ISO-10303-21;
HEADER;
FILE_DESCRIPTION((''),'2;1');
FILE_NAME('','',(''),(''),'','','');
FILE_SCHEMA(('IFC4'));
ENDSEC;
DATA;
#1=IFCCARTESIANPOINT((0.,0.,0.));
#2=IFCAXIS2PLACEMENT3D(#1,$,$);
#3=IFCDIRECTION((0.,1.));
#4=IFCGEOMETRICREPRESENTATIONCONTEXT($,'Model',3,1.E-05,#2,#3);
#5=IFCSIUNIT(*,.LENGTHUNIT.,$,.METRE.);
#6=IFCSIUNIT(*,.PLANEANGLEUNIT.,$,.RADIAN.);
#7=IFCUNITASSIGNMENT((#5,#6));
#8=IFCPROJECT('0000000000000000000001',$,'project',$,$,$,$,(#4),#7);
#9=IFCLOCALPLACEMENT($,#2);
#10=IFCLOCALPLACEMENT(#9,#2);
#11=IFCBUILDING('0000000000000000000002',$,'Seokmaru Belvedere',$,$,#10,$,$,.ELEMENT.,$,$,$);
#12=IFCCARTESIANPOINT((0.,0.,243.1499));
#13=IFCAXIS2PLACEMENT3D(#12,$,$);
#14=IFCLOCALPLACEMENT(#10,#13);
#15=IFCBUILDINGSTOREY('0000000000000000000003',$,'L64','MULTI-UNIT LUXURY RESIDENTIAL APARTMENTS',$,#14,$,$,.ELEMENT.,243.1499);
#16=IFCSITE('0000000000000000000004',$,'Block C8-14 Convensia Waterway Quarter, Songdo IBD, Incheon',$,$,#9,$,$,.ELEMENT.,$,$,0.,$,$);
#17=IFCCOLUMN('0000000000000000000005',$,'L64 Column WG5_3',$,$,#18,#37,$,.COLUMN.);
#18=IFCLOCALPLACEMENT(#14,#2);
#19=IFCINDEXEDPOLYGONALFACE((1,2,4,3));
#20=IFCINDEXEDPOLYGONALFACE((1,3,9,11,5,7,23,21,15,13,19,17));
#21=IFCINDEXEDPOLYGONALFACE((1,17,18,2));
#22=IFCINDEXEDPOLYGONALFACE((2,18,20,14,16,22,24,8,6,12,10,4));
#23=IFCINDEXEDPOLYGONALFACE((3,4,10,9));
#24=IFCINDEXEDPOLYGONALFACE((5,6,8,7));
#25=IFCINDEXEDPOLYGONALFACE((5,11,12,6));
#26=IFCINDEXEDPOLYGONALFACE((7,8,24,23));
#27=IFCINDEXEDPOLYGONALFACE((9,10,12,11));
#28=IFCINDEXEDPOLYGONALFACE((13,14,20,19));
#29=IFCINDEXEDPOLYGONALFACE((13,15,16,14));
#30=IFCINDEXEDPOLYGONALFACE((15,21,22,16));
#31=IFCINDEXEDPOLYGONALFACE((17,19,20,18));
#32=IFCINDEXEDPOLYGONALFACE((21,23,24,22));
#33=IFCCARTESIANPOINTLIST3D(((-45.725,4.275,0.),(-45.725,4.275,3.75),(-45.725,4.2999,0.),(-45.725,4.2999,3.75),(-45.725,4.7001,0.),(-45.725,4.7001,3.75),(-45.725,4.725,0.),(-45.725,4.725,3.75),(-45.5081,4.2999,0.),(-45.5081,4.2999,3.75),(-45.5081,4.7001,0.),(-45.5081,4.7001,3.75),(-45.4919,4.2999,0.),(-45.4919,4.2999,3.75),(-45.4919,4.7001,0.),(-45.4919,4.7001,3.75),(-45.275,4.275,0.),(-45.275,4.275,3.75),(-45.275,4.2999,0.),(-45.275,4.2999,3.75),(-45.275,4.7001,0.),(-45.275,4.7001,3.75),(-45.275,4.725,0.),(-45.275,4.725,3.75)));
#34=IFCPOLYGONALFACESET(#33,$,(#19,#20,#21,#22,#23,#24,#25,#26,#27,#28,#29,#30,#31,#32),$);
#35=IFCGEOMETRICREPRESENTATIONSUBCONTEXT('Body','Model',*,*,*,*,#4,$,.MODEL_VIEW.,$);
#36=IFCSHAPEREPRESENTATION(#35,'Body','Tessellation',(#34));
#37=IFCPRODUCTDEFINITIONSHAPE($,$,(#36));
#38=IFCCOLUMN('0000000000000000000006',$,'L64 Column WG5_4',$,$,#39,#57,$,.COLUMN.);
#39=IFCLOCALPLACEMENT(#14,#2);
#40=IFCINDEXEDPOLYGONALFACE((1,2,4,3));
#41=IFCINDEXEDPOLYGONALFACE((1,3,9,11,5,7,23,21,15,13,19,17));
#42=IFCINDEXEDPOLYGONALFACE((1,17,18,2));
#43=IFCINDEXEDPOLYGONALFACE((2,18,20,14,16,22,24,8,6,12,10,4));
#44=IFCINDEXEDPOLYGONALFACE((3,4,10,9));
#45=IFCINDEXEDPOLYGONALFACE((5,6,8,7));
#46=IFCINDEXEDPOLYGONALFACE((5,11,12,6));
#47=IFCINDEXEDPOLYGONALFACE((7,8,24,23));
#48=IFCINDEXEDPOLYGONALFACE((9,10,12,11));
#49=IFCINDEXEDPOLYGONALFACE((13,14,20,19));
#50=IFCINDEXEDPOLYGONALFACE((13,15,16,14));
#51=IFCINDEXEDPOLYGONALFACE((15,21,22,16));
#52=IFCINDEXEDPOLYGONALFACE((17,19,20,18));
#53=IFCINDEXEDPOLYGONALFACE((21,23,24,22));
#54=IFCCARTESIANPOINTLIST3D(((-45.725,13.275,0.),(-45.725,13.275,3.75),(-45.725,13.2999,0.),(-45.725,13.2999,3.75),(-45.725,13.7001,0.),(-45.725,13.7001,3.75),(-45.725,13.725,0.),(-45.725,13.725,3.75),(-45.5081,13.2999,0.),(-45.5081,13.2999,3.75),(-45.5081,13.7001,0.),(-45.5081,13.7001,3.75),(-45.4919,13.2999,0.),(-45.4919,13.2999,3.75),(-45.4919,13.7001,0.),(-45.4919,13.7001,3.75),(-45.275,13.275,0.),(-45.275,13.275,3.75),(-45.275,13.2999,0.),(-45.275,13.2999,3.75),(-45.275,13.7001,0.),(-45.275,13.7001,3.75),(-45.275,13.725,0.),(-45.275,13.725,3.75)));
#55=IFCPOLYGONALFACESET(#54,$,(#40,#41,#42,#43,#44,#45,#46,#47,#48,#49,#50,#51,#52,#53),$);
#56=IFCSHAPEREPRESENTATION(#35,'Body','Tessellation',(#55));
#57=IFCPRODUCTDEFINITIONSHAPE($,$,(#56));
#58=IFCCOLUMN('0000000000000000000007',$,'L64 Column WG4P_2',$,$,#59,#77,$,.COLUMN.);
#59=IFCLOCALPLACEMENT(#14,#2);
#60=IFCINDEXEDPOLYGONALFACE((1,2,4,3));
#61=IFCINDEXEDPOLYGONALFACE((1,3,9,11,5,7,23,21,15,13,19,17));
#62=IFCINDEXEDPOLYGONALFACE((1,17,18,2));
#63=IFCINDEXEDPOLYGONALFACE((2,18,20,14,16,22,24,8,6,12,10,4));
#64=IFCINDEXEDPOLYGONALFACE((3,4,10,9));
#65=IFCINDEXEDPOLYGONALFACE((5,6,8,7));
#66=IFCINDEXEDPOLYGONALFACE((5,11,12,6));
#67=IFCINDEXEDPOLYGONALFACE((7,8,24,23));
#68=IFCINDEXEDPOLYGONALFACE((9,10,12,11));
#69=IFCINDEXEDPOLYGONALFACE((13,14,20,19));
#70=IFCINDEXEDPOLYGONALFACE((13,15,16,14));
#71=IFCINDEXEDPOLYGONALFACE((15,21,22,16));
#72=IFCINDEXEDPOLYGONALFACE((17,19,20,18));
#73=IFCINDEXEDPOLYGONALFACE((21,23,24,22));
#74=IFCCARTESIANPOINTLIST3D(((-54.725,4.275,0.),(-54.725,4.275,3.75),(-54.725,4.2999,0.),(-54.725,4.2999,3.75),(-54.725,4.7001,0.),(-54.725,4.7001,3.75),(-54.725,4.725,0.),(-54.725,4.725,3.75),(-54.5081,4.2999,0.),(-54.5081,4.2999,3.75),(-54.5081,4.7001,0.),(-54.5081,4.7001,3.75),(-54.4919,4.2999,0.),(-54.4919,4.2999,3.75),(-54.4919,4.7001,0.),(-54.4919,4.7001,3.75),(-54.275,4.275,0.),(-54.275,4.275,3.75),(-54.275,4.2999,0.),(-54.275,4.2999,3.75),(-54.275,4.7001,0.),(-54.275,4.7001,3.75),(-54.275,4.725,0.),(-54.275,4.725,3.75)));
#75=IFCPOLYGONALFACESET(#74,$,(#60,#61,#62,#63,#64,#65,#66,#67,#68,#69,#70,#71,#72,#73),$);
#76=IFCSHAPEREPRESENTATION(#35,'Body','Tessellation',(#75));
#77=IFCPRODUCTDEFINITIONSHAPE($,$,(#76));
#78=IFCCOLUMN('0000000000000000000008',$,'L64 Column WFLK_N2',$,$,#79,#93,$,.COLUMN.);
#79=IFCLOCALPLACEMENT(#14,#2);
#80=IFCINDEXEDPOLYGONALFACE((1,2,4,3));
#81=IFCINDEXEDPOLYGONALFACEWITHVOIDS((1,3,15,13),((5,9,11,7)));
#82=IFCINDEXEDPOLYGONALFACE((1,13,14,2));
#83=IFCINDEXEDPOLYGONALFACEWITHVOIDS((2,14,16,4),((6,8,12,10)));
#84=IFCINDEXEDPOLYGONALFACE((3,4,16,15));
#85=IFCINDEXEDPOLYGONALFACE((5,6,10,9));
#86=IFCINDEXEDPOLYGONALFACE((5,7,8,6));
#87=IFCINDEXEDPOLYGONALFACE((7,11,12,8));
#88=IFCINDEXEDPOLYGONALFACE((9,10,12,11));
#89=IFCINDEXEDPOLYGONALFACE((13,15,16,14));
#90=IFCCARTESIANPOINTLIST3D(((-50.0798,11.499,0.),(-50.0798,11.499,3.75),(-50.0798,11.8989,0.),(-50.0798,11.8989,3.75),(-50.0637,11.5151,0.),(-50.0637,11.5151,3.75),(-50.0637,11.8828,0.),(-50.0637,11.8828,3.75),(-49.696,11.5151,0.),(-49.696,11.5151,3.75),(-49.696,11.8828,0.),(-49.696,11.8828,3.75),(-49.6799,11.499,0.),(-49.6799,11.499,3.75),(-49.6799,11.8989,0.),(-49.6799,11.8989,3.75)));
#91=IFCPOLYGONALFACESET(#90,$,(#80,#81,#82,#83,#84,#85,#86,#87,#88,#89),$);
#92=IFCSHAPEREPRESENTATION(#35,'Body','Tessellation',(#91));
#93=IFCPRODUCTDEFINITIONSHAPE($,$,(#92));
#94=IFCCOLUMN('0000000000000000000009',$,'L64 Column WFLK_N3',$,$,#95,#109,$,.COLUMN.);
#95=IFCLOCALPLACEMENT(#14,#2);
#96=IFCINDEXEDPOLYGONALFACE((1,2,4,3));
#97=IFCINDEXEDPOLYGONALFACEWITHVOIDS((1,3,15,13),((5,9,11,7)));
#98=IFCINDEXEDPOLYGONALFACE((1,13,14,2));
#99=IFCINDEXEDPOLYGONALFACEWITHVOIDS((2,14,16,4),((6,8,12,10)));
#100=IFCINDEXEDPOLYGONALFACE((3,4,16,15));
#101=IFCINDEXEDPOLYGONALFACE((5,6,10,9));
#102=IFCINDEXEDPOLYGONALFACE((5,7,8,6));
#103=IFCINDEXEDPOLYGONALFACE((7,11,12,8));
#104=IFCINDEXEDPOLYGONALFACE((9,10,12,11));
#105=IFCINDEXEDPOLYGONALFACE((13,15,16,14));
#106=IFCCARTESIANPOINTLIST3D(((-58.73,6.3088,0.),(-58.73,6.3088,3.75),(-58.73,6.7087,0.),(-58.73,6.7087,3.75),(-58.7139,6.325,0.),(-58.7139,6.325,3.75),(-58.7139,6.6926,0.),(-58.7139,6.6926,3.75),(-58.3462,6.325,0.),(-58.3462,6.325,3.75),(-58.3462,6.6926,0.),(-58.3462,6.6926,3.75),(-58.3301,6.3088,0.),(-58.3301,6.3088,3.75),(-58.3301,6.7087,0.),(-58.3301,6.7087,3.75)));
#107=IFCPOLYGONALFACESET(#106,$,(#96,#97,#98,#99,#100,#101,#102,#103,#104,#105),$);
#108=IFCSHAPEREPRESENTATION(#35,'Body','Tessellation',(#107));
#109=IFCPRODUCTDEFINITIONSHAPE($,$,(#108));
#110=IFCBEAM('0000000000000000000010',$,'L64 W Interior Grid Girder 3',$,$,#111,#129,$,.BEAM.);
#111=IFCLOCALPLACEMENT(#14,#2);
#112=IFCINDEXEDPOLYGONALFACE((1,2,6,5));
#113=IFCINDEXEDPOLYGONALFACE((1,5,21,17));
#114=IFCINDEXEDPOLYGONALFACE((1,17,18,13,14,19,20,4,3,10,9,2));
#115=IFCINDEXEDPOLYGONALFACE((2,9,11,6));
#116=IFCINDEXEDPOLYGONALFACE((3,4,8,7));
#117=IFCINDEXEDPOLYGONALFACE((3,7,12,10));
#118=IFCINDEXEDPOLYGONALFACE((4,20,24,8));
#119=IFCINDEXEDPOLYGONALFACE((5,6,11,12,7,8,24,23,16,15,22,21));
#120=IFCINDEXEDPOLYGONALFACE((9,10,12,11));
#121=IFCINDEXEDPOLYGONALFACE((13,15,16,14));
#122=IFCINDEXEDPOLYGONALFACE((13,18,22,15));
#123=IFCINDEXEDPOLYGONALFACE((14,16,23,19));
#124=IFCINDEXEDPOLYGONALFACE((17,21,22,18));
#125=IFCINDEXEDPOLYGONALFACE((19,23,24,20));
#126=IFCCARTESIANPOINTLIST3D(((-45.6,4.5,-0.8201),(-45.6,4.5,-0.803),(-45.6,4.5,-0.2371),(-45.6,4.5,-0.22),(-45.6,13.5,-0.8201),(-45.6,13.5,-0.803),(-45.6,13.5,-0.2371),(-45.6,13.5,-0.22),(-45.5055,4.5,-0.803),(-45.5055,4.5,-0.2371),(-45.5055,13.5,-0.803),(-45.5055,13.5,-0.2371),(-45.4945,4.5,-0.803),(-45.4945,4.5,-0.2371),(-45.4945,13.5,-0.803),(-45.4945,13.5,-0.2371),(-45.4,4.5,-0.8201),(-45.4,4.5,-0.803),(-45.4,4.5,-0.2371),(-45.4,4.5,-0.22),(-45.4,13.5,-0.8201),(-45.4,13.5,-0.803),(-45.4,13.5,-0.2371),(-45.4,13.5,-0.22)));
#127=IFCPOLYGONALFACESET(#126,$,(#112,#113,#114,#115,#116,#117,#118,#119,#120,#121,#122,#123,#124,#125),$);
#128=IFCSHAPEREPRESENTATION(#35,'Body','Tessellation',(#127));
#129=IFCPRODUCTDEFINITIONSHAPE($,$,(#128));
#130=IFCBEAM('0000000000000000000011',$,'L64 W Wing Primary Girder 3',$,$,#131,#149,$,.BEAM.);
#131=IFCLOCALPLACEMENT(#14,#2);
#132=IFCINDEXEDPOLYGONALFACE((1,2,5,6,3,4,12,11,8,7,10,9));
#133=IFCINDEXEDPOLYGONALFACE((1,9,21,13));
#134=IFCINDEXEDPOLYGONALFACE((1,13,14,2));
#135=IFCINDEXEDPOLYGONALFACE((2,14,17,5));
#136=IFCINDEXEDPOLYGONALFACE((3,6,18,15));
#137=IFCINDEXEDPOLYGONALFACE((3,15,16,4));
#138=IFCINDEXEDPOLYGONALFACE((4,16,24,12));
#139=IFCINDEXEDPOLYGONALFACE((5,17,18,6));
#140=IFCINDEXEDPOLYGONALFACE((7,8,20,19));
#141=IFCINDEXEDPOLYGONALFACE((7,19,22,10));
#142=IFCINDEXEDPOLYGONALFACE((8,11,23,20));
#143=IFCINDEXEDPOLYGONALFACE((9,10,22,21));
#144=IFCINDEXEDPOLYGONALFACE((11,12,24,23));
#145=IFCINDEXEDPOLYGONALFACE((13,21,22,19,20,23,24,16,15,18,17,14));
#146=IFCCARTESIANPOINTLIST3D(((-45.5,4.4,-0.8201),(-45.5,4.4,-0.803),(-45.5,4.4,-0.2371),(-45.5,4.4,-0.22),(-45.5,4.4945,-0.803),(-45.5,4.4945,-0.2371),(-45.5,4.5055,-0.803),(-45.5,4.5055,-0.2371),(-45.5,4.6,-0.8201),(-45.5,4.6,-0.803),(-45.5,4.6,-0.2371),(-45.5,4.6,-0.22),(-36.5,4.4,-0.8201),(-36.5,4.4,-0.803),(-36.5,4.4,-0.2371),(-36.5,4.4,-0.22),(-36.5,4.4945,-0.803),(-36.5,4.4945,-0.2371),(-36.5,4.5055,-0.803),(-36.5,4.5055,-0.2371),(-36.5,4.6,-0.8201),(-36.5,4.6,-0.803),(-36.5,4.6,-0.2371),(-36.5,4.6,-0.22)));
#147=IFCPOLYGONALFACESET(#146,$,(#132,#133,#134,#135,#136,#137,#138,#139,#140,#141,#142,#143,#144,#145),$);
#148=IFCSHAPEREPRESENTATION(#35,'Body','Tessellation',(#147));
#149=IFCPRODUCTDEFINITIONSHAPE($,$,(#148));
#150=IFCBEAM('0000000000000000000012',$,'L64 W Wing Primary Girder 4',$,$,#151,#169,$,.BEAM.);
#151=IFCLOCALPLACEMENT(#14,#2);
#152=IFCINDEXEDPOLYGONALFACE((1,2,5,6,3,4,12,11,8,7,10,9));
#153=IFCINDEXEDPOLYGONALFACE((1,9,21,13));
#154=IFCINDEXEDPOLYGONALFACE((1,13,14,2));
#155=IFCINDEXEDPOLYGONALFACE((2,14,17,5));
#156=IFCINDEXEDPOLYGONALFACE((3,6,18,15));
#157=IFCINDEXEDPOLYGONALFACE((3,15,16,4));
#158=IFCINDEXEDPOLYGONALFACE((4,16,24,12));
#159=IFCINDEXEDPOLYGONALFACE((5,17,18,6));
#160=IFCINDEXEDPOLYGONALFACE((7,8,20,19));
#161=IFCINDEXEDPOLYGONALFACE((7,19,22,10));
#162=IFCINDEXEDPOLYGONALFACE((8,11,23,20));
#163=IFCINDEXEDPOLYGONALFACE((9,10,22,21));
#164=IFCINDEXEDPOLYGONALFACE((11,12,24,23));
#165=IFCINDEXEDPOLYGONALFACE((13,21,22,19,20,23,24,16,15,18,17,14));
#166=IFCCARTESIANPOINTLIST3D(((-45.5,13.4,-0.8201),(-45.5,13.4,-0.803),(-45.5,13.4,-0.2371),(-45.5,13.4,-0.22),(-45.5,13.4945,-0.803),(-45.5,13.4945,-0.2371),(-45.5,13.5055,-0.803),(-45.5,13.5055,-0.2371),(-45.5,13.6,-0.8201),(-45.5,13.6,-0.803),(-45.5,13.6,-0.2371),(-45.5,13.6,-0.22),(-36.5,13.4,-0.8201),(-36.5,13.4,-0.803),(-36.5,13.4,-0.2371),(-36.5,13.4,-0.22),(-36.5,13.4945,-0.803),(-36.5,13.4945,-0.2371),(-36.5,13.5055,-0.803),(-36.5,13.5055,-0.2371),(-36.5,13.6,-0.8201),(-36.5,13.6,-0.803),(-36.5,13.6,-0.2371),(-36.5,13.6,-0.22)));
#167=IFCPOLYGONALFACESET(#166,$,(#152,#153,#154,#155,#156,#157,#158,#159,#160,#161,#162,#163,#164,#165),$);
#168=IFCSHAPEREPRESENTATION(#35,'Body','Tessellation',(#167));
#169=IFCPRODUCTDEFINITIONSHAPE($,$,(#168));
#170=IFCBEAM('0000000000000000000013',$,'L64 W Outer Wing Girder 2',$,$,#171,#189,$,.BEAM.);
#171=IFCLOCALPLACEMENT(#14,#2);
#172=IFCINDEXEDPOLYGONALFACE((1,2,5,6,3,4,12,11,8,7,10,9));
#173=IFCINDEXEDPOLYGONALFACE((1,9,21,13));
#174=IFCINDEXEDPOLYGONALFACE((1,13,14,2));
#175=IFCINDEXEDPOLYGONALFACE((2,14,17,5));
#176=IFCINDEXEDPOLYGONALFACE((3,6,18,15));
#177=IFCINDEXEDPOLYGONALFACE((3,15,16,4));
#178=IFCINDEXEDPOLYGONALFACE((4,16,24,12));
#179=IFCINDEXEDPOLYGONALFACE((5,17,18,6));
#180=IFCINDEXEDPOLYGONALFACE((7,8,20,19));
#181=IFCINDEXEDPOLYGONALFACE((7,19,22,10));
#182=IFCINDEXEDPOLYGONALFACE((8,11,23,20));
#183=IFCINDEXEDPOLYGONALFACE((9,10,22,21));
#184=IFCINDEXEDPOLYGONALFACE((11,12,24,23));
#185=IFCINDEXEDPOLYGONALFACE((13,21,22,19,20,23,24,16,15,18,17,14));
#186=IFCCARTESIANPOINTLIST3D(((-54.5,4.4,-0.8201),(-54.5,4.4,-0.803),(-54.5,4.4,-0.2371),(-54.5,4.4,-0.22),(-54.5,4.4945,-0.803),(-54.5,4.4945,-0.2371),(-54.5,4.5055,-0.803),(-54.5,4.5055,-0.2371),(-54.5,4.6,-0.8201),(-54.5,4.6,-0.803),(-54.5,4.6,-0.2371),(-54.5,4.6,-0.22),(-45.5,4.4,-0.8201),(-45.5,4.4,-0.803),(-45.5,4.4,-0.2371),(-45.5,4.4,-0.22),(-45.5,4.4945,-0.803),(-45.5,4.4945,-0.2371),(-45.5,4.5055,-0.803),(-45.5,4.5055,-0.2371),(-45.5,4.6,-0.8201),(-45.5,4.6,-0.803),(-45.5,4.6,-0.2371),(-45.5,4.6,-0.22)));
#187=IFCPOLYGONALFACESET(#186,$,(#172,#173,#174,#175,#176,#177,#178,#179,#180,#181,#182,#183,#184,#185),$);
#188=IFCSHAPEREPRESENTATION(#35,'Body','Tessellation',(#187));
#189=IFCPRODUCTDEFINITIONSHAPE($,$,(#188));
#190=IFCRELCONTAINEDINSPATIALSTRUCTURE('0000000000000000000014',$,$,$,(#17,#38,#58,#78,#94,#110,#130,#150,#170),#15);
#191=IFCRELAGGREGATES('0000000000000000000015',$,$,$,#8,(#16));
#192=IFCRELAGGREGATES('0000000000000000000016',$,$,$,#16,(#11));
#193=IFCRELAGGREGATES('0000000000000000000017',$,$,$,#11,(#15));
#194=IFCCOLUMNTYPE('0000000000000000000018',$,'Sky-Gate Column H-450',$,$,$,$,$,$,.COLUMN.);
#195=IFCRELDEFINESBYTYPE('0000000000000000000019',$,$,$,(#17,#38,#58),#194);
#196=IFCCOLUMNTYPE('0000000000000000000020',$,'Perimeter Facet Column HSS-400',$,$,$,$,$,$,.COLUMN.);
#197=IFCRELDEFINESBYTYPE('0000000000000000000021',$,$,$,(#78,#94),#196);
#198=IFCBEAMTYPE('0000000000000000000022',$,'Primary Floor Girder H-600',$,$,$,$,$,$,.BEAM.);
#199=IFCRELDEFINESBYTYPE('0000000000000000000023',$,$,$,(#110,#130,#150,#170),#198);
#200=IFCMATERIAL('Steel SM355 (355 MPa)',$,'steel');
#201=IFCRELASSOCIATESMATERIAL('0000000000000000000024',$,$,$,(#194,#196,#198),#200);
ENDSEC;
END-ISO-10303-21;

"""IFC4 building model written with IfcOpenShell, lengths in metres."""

from ifc_helpers import new_model, si_unit, direction, frame, origin, origin_2d, place, context, subcontext, project, spatial, hollow_rectangle, i_section, extrude, source, transform, mapped, material, material_profile, profile_set, type_object, type_shapes, element, save


model = new_model("IFC4")

# Units and contexts
model_context = context("Model", 3, precision=1e-05, world=origin(), true_north=direction((0.0, 1.0)))
body_context = subcontext(model_context, "Body", "Model", "MODEL_VIEW")
ifc_project = project(units=[si_unit("LENGTHUNIT", "METRE"), si_unit("PLANEANGLEUNIT", "RADIAN")], contexts=[model_context])

# Site, building, storey
site_placement = place(None, origin())
site = spatial("IfcSite", under=ifc_project, at=site_placement, Name="Block C8-14 Convensia Waterway Quarter, Songdo IBD, Incheon", CompositionType="ELEMENT", RefElevation=0.0)
building_placement = place(site_placement, origin())
building = spatial("IfcBuilding", under=site, at=building_placement, Name="Seokmaru Belvedere", CompositionType="ELEMENT")
storey_placement = place(building_placement, frame((0.0, 0.0, 243.1499)))
storey = spatial("IfcBuildingStorey", under=building, at=storey_placement, Name="L64", Description="MULTI-UNIT LUXURY RESIDENTIAL APARTMENTS", CompositionType="ELEMENT", Elevation=243.1499)

# Columns
ifc_material_1 = material(Name="Steel SM355 (355 MPa)", Category="steel")
ifc_material_profile_1 = material_profile(ifc_material_1, i_section(OverallWidth=0.45, OverallDepth=0.45, WebThickness=0.0161, FlangeThickness=0.0249, at=origin_2d()), Name="H-450x450x16x25")
ifc_profile_set_1 = profile_set([ifc_material_profile_1], Name="Steel SM355 (355 MPa)")
column_type_1 = type_object("IfcColumnType", Name="Sky-Gate Column H-450", PredefinedType="COLUMN", material=ifc_profile_set_1)
shared_shape_1 = source(origin(), body_context, "Body", "SweptSolid", [
    extrude(i_section(OverallWidth=0.45, OverallDepth=0.45, WebThickness=0.0161, FlangeThickness=0.0249, at=origin_2d()), origin(), (0.0, 0.0, 1.0), 3.75),
])
type_shapes(column_type_1, [shared_shape_1])
for number, where, z_axis, x_axis, name in (
    (1, (-45.5, 4.5, 0.0), (0.0, 0.0, 1.0), (1.0, 0.0, 0.0), "L64 Column WG5_3"),
    (2, (-45.5, 13.5, 0.0), (0.0, 0.0, 1.0), (1.0, 0.0, 0.0), "L64 Column WG5_4"),
    (3, (-54.5, 4.5, 0.0), (0.0, 0.0, 1.0), (1.0, 0.0, 0.0), "L64 Column WG4P_2"),
):
    element("IfcColumn", number, at=place(storey_placement, frame(where, z_axis=z_axis, x_axis=x_axis)), inside=storey, type_object=column_type_1, Name=name, PredefinedType="COLUMN", context=body_context, shape_type="MappedRepresentation", body=[
        mapped(shared_shape_1, transform((0.0, 0.0, 0.0), scale=1.0)),
    ])
ifc_material_profile_2 = material_profile(ifc_material_1, hollow_rectangle(XDim=0.3999, YDim=0.3999, WallThickness=0.0161, at=origin_2d()), Name="HSS-400x400x16")
ifc_profile_set_2 = profile_set([ifc_material_profile_2], Name="Steel SM355 (355 MPa)")
column_type_2 = type_object("IfcColumnType", Name="Perimeter Facet Column HSS-400", PredefinedType="COLUMN", material=ifc_profile_set_2)
shared_shape_2 = source(origin(), body_context, "Body", "SweptSolid", [
    extrude(hollow_rectangle(XDim=0.3999, YDim=0.3999, WallThickness=0.0161, at=origin_2d()), origin(), (0.0, 0.0, 1.0), 3.75),
])
type_shapes(column_type_2, [shared_shape_2])
for number, where, z_axis, x_axis, name in (
    (4, (-49.8799, 11.699, 0.0), (0.0, 0.0, 1.0), (1.0, 0.0, 0.0), "L64 Column WFLK_N2"),
    (5, (-58.53, 6.5088, 0.0), (0.0, 0.0, 1.0), (1.0, 0.0, 0.0), "L64 Column WFLK_N3"),
):
    element("IfcColumn", number, at=place(storey_placement, frame(where, z_axis=z_axis, x_axis=x_axis)), inside=storey, type_object=column_type_2, Name=name, PredefinedType="COLUMN", context=body_context, shape_type="MappedRepresentation", body=[
        mapped(shared_shape_2, transform((0.0, 0.0, 0.0), scale=1.0)),
    ])

# Beams
ifc_material_profile_3 = material_profile(ifc_material_1, i_section(OverallWidth=0.2, OverallDepth=0.6001, WebThickness=0.011, FlangeThickness=0.0171, at=origin_2d()), Name="H-600x200x11x17")
ifc_profile_set_3 = profile_set([ifc_material_profile_3], Name="Steel SM355 (355 MPa)")
beam_type_1 = type_object("IfcBeamType", Name="Primary Floor Girder H-600", PredefinedType="BEAM", material=ifc_profile_set_3)
shared_shape_3 = source(origin(), body_context, "Body", "SweptSolid", [
    extrude(i_section(OverallWidth=0.2, OverallDepth=0.6001, WebThickness=0.011, FlangeThickness=0.0171, at=origin_2d()), origin(), (0.0, 0.0, 1.0), 9.0),
])
for number, where, z_axis, x_axis, name in (
    (6, (-45.5, 4.5, -0.52), (0.0, 1.0, 0.0), (-1.0, 0.0, 0.0), "L64 W Interior Grid Girder 3"),
    (7, (-45.5, 4.5, -0.52), (1.0, 0.0, 0.0), (0.0, 1.0, 0.0), "L64 W Wing Primary Girder 3"),
    (8, (-45.5, 13.5, -0.52), (1.0, 0.0, 0.0), (0.0, 1.0, 0.0), "L64 W Wing Primary Girder 4"),
    (9, (-54.5, 4.5, -0.52), (1.0, 0.0, 0.0), (0.0, 1.0, 0.0), "L64 W Outer Wing Girder 2"),
):
    element("IfcBeam", number, at=place(storey_placement, frame(where, z_axis=z_axis, x_axis=x_axis)), inside=storey, type_object=beam_type_1, Name=name, PredefinedType="BEAM", context=body_context, shape_type="MappedRepresentation", body=[
        mapped(shared_shape_3, transform((0.0, 0.0, 0.0), scale=1.0)),
    ])

save(model, "model.ifc")
